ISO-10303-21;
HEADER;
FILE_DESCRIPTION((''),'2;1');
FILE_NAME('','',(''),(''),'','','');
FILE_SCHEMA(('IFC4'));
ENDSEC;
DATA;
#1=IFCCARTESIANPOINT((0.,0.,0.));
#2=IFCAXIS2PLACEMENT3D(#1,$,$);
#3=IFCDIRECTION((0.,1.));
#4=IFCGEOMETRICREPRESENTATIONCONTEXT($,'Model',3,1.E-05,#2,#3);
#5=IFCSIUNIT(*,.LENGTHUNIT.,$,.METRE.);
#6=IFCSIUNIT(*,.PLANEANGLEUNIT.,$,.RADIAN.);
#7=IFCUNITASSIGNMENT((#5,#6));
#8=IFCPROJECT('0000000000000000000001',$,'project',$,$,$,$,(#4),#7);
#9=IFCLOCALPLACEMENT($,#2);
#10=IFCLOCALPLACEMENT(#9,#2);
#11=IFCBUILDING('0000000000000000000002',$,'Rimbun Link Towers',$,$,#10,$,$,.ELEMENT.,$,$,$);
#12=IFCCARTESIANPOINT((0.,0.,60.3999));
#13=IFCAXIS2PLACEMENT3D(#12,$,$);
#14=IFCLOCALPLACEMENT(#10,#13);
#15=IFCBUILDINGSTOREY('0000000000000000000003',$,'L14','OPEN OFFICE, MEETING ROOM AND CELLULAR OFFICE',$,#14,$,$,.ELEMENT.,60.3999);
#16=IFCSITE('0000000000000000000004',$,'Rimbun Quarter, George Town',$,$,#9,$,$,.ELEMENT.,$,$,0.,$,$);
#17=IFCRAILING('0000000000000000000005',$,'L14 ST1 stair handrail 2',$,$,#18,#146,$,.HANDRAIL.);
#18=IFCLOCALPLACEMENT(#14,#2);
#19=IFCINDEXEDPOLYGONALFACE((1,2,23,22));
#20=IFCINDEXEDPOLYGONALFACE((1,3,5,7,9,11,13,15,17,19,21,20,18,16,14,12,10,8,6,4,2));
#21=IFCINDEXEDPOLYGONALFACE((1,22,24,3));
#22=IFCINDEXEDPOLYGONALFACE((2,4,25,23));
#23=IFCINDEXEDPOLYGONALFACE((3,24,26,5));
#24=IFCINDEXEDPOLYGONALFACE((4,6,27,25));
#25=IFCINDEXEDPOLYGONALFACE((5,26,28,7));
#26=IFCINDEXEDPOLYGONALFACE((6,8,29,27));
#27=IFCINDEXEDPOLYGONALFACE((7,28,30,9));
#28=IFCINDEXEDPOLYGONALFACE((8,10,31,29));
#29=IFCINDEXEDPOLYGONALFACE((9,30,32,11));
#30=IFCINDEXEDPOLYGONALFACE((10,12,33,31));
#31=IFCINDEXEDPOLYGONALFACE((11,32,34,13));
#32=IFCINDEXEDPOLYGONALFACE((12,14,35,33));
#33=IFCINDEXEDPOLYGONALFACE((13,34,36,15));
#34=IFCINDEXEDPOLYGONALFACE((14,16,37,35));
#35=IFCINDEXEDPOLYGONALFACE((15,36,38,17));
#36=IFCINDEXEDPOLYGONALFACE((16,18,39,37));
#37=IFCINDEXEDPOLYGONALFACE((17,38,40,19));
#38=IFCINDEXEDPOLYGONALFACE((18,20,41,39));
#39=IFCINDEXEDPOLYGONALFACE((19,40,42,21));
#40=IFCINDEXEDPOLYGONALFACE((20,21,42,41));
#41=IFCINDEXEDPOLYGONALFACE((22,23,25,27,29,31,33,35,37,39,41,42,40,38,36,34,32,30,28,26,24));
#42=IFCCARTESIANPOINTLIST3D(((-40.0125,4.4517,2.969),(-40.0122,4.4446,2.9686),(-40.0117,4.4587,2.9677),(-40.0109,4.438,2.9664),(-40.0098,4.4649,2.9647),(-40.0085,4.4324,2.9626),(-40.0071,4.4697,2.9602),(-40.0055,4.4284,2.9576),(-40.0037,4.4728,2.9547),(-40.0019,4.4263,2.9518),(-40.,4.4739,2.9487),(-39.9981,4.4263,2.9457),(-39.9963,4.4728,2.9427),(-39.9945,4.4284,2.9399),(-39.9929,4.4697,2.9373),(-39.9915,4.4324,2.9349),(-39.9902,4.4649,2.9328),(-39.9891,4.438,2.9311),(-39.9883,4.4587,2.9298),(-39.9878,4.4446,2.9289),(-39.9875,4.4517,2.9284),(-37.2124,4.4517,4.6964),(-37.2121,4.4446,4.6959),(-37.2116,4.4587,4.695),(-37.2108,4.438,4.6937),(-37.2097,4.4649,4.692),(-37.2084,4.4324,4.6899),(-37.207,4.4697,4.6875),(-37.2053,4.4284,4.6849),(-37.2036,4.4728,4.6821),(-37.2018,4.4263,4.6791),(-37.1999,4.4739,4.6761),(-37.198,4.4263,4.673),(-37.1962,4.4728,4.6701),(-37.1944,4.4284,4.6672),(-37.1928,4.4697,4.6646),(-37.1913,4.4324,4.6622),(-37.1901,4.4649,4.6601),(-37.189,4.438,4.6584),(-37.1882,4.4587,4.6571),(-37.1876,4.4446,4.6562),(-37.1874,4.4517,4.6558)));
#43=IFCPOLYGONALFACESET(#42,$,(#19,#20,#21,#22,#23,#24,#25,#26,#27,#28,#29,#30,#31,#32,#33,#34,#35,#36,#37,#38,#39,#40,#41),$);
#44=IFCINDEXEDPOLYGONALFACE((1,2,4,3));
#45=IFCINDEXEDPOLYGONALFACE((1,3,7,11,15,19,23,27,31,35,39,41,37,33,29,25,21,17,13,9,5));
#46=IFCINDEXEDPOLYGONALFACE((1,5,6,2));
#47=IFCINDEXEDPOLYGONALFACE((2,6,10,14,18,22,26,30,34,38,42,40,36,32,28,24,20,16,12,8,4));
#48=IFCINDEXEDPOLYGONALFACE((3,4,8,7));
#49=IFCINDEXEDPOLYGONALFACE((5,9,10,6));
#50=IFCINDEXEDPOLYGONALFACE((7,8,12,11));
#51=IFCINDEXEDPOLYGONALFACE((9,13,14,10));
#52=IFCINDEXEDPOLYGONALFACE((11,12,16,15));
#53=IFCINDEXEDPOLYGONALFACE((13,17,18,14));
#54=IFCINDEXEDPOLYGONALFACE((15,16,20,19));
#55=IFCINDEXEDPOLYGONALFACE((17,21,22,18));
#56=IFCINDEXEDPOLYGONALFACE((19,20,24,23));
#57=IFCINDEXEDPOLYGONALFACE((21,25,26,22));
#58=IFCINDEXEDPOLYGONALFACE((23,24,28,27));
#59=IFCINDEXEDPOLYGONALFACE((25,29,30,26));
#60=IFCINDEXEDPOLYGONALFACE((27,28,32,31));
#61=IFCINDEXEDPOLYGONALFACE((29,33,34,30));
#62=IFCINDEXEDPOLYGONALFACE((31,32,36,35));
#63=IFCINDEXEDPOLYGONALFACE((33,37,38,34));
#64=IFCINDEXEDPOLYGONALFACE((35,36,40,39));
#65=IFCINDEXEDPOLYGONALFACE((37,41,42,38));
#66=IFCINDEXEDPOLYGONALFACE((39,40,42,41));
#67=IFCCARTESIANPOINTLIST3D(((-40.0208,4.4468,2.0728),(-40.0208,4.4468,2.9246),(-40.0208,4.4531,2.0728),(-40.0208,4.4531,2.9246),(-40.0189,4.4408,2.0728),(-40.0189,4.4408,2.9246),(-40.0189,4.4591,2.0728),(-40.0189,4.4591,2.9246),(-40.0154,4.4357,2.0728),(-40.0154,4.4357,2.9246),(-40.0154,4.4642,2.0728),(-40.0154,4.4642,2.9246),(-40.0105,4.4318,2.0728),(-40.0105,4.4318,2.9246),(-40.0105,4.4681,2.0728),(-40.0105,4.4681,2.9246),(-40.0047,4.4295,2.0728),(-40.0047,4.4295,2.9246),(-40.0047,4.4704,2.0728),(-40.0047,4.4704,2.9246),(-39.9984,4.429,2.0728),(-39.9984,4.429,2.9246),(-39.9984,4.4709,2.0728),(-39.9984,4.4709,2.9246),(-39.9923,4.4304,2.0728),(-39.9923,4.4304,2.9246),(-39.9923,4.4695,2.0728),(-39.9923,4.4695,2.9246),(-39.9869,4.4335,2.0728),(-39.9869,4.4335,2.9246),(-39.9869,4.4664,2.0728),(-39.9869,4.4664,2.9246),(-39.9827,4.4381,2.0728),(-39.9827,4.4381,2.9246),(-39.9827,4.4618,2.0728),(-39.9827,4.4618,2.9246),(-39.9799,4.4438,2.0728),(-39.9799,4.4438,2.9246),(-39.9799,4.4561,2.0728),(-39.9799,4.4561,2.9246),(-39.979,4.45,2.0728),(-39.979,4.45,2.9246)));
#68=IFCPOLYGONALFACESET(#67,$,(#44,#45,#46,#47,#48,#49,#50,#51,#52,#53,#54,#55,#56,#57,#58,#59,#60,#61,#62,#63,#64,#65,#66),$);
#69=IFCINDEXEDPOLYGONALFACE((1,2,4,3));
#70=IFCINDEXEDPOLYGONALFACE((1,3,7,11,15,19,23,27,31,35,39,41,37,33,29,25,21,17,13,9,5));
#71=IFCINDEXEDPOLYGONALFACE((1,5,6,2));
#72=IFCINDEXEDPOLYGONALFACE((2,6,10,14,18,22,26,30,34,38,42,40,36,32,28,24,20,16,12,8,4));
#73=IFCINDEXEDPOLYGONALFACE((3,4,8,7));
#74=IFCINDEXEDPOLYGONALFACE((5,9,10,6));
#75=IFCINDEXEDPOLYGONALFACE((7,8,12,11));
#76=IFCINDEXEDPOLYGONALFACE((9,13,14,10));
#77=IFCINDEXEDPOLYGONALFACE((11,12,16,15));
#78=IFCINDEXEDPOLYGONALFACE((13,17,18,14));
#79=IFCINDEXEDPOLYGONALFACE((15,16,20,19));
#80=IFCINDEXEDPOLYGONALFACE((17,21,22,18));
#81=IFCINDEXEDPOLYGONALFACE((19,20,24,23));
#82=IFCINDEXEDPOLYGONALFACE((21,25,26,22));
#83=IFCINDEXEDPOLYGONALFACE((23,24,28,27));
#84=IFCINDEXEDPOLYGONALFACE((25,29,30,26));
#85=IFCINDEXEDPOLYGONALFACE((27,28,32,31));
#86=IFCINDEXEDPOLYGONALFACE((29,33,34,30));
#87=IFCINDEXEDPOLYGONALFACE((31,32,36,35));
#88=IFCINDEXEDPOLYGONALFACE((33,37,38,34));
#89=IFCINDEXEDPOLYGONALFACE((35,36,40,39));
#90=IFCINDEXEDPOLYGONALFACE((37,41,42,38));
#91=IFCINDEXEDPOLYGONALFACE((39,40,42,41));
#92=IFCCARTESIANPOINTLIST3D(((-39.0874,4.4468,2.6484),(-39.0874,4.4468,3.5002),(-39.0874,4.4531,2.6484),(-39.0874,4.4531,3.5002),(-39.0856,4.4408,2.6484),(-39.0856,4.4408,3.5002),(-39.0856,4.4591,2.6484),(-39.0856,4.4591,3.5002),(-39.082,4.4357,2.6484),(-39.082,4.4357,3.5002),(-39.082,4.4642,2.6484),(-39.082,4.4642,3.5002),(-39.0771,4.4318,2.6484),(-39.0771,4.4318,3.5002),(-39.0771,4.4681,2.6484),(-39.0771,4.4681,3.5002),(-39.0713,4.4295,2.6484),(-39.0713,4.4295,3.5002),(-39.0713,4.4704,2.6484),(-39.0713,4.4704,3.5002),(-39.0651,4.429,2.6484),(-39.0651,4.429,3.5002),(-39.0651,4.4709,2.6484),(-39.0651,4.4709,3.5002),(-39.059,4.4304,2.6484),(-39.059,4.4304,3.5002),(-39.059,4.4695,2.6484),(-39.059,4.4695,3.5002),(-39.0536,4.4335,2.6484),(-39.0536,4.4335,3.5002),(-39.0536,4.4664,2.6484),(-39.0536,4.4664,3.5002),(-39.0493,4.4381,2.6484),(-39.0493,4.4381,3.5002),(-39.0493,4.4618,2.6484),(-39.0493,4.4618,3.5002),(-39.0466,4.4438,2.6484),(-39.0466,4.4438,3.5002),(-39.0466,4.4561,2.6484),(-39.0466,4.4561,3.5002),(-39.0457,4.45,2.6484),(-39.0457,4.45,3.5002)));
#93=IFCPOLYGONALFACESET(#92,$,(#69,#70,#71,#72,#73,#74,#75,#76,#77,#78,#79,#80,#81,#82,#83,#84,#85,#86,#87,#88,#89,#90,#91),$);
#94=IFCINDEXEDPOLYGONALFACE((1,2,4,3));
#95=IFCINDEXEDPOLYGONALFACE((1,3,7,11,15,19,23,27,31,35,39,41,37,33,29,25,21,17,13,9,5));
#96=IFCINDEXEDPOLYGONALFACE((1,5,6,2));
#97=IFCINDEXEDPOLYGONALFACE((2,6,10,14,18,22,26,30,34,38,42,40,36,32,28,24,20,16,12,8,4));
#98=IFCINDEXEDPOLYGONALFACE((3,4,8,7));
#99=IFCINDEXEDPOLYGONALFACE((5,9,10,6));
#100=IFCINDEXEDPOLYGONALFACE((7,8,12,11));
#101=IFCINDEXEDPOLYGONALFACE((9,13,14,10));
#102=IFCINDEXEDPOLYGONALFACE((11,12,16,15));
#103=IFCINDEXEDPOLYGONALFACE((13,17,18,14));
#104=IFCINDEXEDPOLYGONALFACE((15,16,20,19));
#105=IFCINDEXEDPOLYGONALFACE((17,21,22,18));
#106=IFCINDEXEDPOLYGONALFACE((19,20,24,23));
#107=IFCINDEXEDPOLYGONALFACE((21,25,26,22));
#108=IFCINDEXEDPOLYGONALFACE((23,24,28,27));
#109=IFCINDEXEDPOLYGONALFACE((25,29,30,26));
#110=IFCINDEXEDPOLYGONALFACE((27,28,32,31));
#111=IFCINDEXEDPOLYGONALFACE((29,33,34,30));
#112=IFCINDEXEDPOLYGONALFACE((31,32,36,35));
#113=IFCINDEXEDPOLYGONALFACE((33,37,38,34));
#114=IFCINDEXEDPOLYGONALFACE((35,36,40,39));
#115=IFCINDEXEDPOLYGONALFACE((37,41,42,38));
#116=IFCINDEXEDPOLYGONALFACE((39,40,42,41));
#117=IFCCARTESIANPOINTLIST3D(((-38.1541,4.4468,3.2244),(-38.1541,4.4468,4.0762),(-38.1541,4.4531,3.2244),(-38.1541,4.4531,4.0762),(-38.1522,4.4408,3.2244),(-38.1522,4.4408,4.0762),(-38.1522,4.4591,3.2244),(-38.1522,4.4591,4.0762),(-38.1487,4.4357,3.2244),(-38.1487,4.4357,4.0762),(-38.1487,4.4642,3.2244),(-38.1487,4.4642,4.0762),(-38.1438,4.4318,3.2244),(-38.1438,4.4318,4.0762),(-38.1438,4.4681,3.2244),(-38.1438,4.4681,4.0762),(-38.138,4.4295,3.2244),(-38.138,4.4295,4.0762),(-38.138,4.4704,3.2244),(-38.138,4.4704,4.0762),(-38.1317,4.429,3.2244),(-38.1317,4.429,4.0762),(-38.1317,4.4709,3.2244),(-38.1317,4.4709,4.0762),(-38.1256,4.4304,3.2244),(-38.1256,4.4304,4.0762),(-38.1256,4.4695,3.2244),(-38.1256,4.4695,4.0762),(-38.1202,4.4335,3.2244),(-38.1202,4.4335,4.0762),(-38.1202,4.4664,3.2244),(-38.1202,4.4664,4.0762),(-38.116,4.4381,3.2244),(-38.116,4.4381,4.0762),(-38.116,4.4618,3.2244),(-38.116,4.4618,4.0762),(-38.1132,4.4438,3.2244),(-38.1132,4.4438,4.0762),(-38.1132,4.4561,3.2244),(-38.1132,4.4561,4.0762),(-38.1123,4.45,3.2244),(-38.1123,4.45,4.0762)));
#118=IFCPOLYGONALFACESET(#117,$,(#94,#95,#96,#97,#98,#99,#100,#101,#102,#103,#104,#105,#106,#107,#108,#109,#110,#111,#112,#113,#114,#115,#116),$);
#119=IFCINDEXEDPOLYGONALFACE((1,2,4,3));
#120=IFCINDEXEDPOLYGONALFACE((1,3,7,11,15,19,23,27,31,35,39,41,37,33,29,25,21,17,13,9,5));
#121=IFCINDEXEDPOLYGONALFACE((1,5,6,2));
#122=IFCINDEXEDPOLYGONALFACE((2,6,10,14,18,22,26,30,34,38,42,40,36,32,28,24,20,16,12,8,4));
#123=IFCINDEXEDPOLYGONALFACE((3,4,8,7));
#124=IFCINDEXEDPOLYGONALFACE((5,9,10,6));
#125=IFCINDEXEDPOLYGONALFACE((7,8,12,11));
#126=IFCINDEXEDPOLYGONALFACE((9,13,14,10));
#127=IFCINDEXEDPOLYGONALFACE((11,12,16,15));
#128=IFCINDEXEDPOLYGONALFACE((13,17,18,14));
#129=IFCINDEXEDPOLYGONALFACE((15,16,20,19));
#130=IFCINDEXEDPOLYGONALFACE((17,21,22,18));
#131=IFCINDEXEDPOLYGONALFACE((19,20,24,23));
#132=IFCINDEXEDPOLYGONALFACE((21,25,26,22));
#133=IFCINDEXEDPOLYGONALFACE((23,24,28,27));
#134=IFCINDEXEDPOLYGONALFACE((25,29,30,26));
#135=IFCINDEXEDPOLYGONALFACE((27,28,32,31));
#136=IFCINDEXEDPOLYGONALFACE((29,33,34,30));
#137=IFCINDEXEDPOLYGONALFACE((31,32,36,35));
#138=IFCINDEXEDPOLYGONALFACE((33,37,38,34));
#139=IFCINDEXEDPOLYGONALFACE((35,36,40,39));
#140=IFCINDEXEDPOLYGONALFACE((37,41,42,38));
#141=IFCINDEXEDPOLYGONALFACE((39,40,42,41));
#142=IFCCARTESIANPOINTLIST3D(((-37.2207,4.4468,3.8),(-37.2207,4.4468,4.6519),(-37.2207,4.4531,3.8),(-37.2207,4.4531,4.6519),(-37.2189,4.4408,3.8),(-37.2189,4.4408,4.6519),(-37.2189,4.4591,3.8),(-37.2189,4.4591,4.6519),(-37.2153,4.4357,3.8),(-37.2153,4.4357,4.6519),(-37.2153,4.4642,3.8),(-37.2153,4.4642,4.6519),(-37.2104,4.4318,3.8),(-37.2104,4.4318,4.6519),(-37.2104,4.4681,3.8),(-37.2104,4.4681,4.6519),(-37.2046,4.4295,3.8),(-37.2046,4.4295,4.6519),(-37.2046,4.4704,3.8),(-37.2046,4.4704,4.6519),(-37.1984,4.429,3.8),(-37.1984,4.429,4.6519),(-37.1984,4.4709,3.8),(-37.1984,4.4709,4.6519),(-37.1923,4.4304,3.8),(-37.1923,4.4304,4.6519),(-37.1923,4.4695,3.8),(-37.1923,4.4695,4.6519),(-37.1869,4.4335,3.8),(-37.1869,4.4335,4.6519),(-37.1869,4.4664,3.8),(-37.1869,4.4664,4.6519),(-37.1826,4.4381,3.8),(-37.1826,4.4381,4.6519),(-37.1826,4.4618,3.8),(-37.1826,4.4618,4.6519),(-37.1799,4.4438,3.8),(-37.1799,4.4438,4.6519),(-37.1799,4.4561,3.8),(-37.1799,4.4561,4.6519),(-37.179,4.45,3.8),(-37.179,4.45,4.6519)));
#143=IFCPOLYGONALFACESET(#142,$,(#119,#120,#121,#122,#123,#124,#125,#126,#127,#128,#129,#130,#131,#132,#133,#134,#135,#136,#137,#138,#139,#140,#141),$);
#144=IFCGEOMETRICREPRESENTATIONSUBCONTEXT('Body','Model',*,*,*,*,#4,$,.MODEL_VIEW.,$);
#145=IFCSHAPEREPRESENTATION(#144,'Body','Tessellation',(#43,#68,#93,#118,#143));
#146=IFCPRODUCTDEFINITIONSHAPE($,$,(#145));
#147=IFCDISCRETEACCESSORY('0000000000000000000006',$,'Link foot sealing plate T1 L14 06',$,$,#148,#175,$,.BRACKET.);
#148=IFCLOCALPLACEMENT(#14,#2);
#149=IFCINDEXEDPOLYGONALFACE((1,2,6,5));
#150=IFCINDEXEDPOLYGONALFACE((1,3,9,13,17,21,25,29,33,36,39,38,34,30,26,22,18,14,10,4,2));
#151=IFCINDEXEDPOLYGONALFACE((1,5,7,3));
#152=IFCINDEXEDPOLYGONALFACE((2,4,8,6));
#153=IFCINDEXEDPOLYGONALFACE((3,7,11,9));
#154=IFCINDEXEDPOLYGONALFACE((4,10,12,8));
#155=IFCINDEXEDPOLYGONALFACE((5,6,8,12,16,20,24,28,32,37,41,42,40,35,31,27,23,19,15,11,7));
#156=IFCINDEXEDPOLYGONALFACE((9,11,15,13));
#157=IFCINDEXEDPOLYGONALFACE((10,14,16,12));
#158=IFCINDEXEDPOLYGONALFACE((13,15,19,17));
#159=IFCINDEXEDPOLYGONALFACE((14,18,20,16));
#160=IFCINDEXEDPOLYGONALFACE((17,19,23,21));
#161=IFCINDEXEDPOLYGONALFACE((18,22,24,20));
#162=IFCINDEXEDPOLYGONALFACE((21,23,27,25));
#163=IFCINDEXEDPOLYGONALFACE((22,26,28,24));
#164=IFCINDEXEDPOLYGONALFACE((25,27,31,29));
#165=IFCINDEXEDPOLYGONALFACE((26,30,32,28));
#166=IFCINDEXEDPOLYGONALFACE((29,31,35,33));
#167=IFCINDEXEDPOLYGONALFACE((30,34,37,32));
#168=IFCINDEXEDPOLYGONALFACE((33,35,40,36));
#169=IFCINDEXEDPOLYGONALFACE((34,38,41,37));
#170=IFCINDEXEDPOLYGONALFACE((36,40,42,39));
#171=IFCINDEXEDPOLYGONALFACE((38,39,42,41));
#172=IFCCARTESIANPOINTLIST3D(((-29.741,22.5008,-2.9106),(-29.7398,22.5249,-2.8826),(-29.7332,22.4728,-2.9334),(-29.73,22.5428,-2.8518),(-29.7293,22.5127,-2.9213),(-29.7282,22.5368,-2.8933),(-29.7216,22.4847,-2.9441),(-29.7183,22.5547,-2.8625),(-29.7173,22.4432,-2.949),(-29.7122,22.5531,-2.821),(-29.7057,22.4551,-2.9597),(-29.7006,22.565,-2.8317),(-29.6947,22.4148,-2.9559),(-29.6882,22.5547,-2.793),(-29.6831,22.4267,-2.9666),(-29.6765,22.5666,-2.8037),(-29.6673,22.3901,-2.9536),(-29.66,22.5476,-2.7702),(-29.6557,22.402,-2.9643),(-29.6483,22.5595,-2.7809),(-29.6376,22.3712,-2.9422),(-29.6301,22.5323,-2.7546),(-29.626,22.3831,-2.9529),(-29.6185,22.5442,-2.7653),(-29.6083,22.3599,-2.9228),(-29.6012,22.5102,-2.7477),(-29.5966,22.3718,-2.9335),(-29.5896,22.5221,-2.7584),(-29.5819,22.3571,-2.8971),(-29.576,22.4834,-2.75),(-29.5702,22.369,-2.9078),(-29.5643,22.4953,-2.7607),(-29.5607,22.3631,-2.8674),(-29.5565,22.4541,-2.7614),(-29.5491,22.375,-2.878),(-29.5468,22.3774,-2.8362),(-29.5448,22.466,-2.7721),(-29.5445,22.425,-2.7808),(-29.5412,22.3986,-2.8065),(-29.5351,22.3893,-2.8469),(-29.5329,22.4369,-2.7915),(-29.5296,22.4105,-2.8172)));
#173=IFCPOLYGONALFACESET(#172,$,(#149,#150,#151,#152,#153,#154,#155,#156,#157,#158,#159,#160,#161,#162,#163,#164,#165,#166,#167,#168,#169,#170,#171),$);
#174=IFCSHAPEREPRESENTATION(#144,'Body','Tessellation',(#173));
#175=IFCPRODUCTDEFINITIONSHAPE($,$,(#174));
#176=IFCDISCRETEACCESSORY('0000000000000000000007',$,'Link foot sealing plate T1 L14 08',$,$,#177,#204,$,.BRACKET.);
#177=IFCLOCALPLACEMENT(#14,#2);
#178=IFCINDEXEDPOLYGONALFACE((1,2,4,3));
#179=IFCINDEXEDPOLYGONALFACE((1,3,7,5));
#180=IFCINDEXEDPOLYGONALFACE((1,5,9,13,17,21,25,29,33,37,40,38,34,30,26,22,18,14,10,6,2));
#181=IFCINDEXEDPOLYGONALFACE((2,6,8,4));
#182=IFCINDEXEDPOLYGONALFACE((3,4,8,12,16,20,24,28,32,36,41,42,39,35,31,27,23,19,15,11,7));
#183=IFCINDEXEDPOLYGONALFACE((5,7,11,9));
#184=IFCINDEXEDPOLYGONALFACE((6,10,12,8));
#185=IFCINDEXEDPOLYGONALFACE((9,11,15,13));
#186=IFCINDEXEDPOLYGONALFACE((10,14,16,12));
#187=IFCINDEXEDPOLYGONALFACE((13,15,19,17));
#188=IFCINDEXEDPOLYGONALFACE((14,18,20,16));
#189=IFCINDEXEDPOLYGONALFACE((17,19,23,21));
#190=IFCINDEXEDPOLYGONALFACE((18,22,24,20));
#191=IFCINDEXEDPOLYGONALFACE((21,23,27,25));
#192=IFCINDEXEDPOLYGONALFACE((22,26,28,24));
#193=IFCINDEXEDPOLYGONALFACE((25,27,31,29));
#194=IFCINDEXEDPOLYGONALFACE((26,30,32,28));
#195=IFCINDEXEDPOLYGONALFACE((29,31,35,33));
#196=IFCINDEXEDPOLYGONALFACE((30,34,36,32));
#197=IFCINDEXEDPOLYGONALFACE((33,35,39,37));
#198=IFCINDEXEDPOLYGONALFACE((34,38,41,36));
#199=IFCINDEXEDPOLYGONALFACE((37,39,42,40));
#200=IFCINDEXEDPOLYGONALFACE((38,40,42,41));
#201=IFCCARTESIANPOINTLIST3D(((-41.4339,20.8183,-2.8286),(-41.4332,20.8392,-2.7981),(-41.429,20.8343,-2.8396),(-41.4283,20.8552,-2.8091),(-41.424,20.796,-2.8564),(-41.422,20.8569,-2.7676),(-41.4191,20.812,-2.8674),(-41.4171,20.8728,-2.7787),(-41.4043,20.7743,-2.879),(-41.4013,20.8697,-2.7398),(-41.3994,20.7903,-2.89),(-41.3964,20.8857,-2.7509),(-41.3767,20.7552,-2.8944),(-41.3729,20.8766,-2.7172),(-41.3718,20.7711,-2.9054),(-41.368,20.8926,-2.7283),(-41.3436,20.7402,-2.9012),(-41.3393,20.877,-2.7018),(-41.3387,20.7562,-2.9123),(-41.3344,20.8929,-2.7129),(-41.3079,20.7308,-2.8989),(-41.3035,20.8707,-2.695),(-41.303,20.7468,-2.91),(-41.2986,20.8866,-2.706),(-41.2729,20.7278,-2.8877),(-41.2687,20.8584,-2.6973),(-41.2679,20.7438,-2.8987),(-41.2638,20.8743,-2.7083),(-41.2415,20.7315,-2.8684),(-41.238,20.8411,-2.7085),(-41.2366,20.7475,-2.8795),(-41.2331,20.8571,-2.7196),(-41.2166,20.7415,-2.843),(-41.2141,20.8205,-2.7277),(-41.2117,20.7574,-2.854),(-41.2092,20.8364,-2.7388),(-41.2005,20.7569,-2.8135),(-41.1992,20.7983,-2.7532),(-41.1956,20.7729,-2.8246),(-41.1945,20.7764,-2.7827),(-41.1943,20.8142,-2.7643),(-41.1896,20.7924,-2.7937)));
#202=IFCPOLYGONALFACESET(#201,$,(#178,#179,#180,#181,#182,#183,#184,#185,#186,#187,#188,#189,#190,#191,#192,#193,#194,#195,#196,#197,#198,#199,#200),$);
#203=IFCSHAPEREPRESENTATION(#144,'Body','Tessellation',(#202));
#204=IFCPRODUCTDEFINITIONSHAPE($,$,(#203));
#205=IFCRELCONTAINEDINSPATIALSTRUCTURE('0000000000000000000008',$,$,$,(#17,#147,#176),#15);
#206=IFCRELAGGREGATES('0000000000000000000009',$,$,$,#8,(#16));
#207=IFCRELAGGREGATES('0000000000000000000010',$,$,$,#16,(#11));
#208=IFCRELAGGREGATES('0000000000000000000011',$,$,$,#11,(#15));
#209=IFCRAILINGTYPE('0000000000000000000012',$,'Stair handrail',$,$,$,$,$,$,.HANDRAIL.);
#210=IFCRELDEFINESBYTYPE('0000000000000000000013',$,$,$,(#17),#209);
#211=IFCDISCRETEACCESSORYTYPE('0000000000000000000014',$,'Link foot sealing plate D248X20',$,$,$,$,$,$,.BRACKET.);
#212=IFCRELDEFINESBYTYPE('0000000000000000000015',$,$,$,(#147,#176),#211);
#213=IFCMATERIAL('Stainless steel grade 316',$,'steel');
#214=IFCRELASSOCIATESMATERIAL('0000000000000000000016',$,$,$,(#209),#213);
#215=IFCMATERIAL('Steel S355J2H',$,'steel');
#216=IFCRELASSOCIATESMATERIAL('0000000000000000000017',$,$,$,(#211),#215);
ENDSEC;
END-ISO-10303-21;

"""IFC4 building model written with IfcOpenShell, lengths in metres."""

from ifc_helpers import new_model, si_unit, direction, frame, origin, origin_2d, place, context, subcontext, project, spatial, circle, extrude, material, material_profile, profile_set, type_object, element, save


model = new_model("IFC4")

# Units and contexts
model_context = context("Model", 3, precision=1e-05, world=origin(), true_north=direction((0.0, 1.0)))
body_context = subcontext(model_context, "Body", "Model", "MODEL_VIEW")
ifc_project = project(units=[si_unit("LENGTHUNIT", "METRE"), si_unit("PLANEANGLEUNIT", "RADIAN")], contexts=[model_context])

# Site, building, storey
site_placement = place(None, origin())
site = spatial("IfcSite", under=ifc_project, at=site_placement, Name="Rimbun Quarter, George Town", CompositionType="ELEMENT", RefElevation=0.0)
building_placement = place(site_placement, origin())
building = spatial("IfcBuilding", under=site, at=building_placement, Name="Rimbun Link Towers", CompositionType="ELEMENT")
storey_placement = place(building_placement, frame((0.0, 0.0, 60.3999)))
storey = spatial("IfcBuildingStorey", under=building, at=storey_placement, Name="L14", Description="OPEN OFFICE, MEETING ROOM AND CELLULAR OFFICE", CompositionType="ELEMENT", Elevation=60.3999)

# Railing
ifc_material_1 = material(Name="Stainless steel grade 316", Category="steel")
railing_type_1 = type_object("IfcRailingType", Name="Stair handrail", PredefinedType="HANDRAIL", material=ifc_material_1)
railing_1_placement = place(storey_placement, frame((-40.0, 4.45, 2.0728)))
element("IfcRailing", 1, at=railing_1_placement, inside=storey, type_object=railing_type_1, Name="L14 ST1 stair handrail 2", PredefinedType="HANDRAIL", context=body_context, shape_type="SweptSolid", body=[
    extrude(circle(Radius=0.0239, at=origin_2d()), frame((0.0, 0.0, 0.876), z_axis=(0.85109, 0.0, 0.52502), x_axis=(0.0, 1.0, 0.0)), (0.0, 0.0, 1.0), 3.29),
    extrude(circle(Radius=0.021, at=origin_2d()), origin(), (0.0, 0.0, 1.0), 0.8518),
    extrude(circle(Radius=0.021, at=origin_2d()), frame((0.9333, 0.0, 0.5757)), (0.0, 0.0, 1.0), 0.8518),
    extrude(circle(Radius=0.021, at=origin_2d()), frame((1.8667, 0.0, 1.1516)), (0.0, 0.0, 1.0), 0.8518),
    extrude(circle(Radius=0.021, at=origin_2d()), frame((2.8, 0.0, 1.7273)), (0.0, 0.0, 1.0), 0.8518),
])

# Discrete accessories
ifc_material_2 = material(Name="Steel S355J2H", Category="steel")
ifc_material_profile_1 = material_profile(ifc_material_2, circle(Radius=0.124, at=origin_2d()), Name="PL D248")
ifc_profile_set_1 = profile_set([ifc_material_profile_1], Name="Steel S355J2H")
discrete_accessory_type = type_object("IfcDiscreteAccessoryType", Name="Link foot sealing plate D248X20", PredefinedType="BRACKET", material=ifc_profile_set_1)
discrete_accessory_1_placement = place(storey_placement, frame((-29.6414, 22.4561, -2.8518), z_axis=(0.589012, 0.601284, -0.539928), x_axis=(-0.714359, 0.69978, 0.0)))
element("IfcDiscreteAccessory", 2, at=discrete_accessory_1_placement, inside=storey, type_object=discrete_accessory_type, Name="Link foot sealing plate T1 L14 06", PredefinedType="BRACKET", context=body_context, shape_type="SweptSolid", body=[
    extrude(circle(Radius=0.124, at=origin_2d()), origin(), (0.0, 0.0, 1.0), 0.0198),
])
discrete_accessory_2_placement = place(storey_placement, frame((-41.3147, 20.8027, -2.7981), z_axis=(0.245256, 0.797081, -0.551825), x_axis=(-0.955779, 0.294086, 0.0)))
element("IfcDiscreteAccessory", 3, at=discrete_accessory_2_placement, inside=storey, type_object=discrete_accessory_type, Name="Link foot sealing plate T1 L14 08", PredefinedType="BRACKET", context=body_context, shape_type="SweptSolid", body=[
    extrude(circle(Radius=0.124, at=origin_2d()), origin(), (0.0, 0.0, 1.0), 0.02),
])

save(model, "model.ifc")
